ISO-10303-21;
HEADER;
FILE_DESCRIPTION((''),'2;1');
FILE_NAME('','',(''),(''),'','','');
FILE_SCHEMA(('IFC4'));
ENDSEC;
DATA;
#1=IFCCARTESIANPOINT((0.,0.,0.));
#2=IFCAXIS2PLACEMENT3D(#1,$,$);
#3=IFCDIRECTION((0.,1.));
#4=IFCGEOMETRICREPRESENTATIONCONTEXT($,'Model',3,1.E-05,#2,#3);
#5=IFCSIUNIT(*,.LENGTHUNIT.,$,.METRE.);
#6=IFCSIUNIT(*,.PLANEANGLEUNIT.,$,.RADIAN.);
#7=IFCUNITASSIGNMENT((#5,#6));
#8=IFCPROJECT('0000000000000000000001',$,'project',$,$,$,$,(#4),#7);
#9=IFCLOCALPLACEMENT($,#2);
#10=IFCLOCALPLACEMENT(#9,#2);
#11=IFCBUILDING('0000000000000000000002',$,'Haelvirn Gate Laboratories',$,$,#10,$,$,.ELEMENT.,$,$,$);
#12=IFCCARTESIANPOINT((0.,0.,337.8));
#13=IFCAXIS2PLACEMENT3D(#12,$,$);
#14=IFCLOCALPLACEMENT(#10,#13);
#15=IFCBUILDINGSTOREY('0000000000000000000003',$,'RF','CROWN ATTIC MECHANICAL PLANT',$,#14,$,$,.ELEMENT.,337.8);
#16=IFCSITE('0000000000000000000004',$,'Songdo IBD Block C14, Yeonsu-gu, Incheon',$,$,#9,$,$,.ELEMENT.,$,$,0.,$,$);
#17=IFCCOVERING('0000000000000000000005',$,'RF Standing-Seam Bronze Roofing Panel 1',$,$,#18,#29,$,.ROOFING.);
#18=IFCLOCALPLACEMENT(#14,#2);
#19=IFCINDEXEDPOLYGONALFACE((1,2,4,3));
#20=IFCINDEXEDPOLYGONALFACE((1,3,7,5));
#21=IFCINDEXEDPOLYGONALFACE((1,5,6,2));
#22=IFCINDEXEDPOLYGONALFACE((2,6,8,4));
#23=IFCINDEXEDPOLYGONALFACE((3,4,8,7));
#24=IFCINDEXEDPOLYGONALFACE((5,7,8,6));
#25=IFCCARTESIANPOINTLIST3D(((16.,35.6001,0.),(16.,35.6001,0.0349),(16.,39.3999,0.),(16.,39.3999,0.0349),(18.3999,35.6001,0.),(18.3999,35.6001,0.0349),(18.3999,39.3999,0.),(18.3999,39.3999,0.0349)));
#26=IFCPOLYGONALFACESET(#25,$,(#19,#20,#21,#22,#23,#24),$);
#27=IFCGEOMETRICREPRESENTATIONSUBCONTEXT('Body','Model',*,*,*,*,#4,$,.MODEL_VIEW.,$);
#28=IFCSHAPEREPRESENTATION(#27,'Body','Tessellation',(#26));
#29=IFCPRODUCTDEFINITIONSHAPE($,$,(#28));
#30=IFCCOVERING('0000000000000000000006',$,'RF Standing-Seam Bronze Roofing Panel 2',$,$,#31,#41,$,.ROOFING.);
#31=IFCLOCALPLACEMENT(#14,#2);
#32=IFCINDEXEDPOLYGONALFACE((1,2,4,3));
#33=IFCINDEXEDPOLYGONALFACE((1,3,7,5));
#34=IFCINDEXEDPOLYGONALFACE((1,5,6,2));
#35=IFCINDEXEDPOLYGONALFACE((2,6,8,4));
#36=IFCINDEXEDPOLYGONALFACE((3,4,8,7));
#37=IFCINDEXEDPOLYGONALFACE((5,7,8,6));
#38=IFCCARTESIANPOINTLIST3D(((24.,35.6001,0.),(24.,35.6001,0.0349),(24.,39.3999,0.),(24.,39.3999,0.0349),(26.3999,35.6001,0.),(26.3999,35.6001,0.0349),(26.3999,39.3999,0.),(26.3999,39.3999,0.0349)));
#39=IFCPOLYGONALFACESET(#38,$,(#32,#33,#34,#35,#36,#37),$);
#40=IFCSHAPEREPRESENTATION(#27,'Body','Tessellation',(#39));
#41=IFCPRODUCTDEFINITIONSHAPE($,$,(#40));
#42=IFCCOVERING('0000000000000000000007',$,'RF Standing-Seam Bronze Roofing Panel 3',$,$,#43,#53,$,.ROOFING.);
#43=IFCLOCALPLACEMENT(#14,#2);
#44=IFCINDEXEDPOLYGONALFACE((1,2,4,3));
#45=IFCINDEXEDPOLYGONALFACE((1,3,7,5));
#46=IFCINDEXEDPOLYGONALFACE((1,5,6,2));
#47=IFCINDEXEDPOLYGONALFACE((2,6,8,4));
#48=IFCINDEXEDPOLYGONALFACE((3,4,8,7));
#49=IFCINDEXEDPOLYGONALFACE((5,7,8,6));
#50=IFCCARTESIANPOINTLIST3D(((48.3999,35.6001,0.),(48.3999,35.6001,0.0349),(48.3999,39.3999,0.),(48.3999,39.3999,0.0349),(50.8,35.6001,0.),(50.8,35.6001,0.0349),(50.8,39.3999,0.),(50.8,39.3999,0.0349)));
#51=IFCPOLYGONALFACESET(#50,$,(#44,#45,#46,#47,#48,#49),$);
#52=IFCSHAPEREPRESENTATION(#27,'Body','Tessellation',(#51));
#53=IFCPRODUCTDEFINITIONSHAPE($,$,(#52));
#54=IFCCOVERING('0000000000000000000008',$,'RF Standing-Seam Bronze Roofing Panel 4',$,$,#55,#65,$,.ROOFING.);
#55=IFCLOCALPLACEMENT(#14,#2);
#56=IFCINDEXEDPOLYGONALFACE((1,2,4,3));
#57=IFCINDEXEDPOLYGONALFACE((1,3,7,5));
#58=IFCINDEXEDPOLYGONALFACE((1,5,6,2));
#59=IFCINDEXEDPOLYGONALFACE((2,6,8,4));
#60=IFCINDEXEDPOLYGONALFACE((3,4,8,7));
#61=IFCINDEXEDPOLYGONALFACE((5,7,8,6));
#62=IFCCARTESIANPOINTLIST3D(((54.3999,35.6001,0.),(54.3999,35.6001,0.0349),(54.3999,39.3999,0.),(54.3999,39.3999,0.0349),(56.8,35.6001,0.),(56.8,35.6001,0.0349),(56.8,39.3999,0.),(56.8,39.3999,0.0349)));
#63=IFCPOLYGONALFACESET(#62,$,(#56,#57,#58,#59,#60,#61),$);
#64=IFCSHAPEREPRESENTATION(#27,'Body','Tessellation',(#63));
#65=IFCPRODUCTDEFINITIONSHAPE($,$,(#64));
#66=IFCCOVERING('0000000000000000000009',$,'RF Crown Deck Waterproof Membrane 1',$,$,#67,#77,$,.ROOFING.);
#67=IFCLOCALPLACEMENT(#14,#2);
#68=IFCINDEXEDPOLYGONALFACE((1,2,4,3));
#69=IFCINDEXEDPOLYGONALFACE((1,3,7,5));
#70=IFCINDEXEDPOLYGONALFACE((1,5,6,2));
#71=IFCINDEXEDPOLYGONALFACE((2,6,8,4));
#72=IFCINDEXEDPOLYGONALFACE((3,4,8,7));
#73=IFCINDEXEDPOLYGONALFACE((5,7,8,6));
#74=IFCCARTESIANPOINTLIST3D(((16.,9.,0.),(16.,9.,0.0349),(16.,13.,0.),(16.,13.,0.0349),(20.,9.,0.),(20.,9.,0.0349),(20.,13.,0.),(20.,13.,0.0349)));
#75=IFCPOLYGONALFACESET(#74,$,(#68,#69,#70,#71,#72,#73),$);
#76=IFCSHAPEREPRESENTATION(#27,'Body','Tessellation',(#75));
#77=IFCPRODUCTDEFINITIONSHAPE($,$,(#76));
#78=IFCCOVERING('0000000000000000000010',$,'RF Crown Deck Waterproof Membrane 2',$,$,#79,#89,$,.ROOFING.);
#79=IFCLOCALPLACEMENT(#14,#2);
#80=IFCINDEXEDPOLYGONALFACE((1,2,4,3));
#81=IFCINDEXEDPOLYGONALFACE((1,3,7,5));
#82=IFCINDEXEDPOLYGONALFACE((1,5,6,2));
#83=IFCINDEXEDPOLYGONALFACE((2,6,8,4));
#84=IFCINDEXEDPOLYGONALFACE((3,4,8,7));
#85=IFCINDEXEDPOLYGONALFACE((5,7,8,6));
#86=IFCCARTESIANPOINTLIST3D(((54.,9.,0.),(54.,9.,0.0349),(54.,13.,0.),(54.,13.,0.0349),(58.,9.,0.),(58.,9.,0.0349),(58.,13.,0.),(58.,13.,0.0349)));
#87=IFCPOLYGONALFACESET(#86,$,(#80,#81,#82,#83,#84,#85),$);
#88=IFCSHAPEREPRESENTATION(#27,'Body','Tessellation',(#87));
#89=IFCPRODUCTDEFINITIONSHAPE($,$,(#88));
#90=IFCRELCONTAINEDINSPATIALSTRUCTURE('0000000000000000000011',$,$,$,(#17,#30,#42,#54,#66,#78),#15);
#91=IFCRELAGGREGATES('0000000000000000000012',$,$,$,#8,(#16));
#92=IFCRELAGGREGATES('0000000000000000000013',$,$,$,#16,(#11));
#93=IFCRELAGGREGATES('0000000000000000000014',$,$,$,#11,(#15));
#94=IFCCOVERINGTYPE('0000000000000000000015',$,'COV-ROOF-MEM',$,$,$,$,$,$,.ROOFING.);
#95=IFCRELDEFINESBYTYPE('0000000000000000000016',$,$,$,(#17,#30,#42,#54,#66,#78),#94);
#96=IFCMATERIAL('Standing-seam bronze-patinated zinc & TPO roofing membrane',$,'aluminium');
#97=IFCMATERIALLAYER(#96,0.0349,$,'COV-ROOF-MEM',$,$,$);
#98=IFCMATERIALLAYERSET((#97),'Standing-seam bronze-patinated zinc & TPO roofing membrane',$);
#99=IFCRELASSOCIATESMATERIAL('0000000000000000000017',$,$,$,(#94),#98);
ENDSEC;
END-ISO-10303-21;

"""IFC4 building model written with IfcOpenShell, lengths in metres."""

from ifc_helpers import new_model, si_unit, direction, frame, origin, place, context, subcontext, project, spatial, polyline, outline, extrude, material, layer, layer_set, type_object, element, save


model = new_model("IFC4")

# Units and contexts
model_context = context("Model", 3, precision=1e-05, world=origin(), true_north=direction((0.0, 1.0)))
body_context = subcontext(model_context, "Body", "Model", "MODEL_VIEW")
ifc_project = project(units=[si_unit("LENGTHUNIT", "METRE"), si_unit("PLANEANGLEUNIT", "RADIAN")], contexts=[model_context])

# Site, building, storey
site_placement = place(None, origin())
site = spatial("IfcSite", under=ifc_project, at=site_placement, Name="Songdo IBD Block C14, Yeonsu-gu, Incheon", CompositionType="ELEMENT", RefElevation=0.0)
building_placement = place(site_placement, origin())
building = spatial("IfcBuilding", under=site, at=building_placement, Name="Haelvirn Gate Laboratories", CompositionType="ELEMENT")
storey_placement = place(building_placement, frame((0.0, 0.0, 337.8)))
storey = spatial("IfcBuildingStorey", under=building, at=storey_placement, Name="RF", Description="CROWN ATTIC MECHANICAL PLANT", CompositionType="ELEMENT", Elevation=337.8)

# Coverings
ifc_material_1 = material(Name="Standing-seam bronze-patinated zinc & TPO roofing membrane", Category="aluminium")
ifc_layer_1 = layer(ifc_material_1, 0.0349, Name="COV-ROOF-MEM")
ifc_layer_set_1 = layer_set([ifc_layer_1], Name="Standing-seam bronze-patinated zinc & TPO roofing membrane")
covering_type = type_object("IfcCoveringType", Name="COV-ROOF-MEM", PredefinedType="ROOFING", material=ifc_layer_set_1)
covering_1_placement = place(storey_placement, origin())
element("IfcCovering", 1, at=covering_1_placement, inside=storey, type_object=covering_type, Name="RF Standing-Seam Bronze Roofing Panel 1", PredefinedType="ROOFING", context=body_context, shape_type="SweptSolid", body=[
    extrude(outline(polyline([(16.0, 35.6001), (18.3999, 35.6001), (18.3999, 39.3999), (16.0, 39.3999), (16.0, 35.6001)])), origin(), (0.0, 0.0, 1.0), 0.0349),
])
covering_2_placement = place(storey_placement, origin())
element("IfcCovering", 2, at=covering_2_placement, inside=storey, type_object=covering_type, Name="RF Standing-Seam Bronze Roofing Panel 2", PredefinedType="ROOFING", context=body_context, shape_type="SweptSolid", body=[
    extrude(outline(polyline([(24.0, 35.6001), (26.3999, 35.6001), (26.3999, 39.3999), (24.0, 39.3999), (24.0, 35.6001)])), origin(), (0.0, 0.0, 1.0), 0.0349),
])
covering_3_placement = place(storey_placement, origin())
element("IfcCovering", 3, at=covering_3_placement, inside=storey, type_object=covering_type, Name="RF Standing-Seam Bronze Roofing Panel 3", PredefinedType="ROOFING", context=body_context, shape_type="SweptSolid", body=[
    extrude(outline(polyline([(48.3999, 35.6001), (50.8, 35.6001), (50.8, 39.3999), (48.3999, 39.3999), (48.3999, 35.6001)])), origin(), (0.0, 0.0, 1.0), 0.0349),
])
covering_4_placement = place(storey_placement, origin())
element("IfcCovering", 4, at=covering_4_placement, inside=storey, type_object=covering_type, Name="RF Standing-Seam Bronze Roofing Panel 4", PredefinedType="ROOFING", context=body_context, shape_type="SweptSolid", body=[
    extrude(outline(polyline([(54.3999, 35.6001), (56.8, 35.6001), (56.8, 39.3999), (54.3999, 39.3999), (54.3999, 35.6001)])), origin(), (0.0, 0.0, 1.0), 0.0349),
])
covering_5_placement = place(storey_placement, origin())
element("IfcCovering", 5, at=covering_5_placement, inside=storey, type_object=covering_type, Name="RF Crown Deck Waterproof Membrane 1", PredefinedType="ROOFING", context=body_context, shape_type="SweptSolid", body=[
    extrude(outline(polyline([(16.0, 9.0), (20.0, 9.0), (20.0, 13.0), (16.0, 13.0), (16.0, 9.0)])), origin(), (0.0, 0.0, 1.0), 0.0349),
])
covering_6_placement = place(storey_placement, origin())
element("IfcCovering", 6, at=covering_6_placement, inside=storey, type_object=covering_type, Name="RF Crown Deck Waterproof Membrane 2", PredefinedType="ROOFING", context=body_context, shape_type="SweptSolid", body=[
    extrude(outline(polyline([(54.0, 9.0), (58.0, 9.0), (58.0, 13.0), (54.0, 13.0), (54.0, 9.0)])), origin(), (0.0, 0.0, 1.0), 0.0349),
])

save(model, "model.ifc")
